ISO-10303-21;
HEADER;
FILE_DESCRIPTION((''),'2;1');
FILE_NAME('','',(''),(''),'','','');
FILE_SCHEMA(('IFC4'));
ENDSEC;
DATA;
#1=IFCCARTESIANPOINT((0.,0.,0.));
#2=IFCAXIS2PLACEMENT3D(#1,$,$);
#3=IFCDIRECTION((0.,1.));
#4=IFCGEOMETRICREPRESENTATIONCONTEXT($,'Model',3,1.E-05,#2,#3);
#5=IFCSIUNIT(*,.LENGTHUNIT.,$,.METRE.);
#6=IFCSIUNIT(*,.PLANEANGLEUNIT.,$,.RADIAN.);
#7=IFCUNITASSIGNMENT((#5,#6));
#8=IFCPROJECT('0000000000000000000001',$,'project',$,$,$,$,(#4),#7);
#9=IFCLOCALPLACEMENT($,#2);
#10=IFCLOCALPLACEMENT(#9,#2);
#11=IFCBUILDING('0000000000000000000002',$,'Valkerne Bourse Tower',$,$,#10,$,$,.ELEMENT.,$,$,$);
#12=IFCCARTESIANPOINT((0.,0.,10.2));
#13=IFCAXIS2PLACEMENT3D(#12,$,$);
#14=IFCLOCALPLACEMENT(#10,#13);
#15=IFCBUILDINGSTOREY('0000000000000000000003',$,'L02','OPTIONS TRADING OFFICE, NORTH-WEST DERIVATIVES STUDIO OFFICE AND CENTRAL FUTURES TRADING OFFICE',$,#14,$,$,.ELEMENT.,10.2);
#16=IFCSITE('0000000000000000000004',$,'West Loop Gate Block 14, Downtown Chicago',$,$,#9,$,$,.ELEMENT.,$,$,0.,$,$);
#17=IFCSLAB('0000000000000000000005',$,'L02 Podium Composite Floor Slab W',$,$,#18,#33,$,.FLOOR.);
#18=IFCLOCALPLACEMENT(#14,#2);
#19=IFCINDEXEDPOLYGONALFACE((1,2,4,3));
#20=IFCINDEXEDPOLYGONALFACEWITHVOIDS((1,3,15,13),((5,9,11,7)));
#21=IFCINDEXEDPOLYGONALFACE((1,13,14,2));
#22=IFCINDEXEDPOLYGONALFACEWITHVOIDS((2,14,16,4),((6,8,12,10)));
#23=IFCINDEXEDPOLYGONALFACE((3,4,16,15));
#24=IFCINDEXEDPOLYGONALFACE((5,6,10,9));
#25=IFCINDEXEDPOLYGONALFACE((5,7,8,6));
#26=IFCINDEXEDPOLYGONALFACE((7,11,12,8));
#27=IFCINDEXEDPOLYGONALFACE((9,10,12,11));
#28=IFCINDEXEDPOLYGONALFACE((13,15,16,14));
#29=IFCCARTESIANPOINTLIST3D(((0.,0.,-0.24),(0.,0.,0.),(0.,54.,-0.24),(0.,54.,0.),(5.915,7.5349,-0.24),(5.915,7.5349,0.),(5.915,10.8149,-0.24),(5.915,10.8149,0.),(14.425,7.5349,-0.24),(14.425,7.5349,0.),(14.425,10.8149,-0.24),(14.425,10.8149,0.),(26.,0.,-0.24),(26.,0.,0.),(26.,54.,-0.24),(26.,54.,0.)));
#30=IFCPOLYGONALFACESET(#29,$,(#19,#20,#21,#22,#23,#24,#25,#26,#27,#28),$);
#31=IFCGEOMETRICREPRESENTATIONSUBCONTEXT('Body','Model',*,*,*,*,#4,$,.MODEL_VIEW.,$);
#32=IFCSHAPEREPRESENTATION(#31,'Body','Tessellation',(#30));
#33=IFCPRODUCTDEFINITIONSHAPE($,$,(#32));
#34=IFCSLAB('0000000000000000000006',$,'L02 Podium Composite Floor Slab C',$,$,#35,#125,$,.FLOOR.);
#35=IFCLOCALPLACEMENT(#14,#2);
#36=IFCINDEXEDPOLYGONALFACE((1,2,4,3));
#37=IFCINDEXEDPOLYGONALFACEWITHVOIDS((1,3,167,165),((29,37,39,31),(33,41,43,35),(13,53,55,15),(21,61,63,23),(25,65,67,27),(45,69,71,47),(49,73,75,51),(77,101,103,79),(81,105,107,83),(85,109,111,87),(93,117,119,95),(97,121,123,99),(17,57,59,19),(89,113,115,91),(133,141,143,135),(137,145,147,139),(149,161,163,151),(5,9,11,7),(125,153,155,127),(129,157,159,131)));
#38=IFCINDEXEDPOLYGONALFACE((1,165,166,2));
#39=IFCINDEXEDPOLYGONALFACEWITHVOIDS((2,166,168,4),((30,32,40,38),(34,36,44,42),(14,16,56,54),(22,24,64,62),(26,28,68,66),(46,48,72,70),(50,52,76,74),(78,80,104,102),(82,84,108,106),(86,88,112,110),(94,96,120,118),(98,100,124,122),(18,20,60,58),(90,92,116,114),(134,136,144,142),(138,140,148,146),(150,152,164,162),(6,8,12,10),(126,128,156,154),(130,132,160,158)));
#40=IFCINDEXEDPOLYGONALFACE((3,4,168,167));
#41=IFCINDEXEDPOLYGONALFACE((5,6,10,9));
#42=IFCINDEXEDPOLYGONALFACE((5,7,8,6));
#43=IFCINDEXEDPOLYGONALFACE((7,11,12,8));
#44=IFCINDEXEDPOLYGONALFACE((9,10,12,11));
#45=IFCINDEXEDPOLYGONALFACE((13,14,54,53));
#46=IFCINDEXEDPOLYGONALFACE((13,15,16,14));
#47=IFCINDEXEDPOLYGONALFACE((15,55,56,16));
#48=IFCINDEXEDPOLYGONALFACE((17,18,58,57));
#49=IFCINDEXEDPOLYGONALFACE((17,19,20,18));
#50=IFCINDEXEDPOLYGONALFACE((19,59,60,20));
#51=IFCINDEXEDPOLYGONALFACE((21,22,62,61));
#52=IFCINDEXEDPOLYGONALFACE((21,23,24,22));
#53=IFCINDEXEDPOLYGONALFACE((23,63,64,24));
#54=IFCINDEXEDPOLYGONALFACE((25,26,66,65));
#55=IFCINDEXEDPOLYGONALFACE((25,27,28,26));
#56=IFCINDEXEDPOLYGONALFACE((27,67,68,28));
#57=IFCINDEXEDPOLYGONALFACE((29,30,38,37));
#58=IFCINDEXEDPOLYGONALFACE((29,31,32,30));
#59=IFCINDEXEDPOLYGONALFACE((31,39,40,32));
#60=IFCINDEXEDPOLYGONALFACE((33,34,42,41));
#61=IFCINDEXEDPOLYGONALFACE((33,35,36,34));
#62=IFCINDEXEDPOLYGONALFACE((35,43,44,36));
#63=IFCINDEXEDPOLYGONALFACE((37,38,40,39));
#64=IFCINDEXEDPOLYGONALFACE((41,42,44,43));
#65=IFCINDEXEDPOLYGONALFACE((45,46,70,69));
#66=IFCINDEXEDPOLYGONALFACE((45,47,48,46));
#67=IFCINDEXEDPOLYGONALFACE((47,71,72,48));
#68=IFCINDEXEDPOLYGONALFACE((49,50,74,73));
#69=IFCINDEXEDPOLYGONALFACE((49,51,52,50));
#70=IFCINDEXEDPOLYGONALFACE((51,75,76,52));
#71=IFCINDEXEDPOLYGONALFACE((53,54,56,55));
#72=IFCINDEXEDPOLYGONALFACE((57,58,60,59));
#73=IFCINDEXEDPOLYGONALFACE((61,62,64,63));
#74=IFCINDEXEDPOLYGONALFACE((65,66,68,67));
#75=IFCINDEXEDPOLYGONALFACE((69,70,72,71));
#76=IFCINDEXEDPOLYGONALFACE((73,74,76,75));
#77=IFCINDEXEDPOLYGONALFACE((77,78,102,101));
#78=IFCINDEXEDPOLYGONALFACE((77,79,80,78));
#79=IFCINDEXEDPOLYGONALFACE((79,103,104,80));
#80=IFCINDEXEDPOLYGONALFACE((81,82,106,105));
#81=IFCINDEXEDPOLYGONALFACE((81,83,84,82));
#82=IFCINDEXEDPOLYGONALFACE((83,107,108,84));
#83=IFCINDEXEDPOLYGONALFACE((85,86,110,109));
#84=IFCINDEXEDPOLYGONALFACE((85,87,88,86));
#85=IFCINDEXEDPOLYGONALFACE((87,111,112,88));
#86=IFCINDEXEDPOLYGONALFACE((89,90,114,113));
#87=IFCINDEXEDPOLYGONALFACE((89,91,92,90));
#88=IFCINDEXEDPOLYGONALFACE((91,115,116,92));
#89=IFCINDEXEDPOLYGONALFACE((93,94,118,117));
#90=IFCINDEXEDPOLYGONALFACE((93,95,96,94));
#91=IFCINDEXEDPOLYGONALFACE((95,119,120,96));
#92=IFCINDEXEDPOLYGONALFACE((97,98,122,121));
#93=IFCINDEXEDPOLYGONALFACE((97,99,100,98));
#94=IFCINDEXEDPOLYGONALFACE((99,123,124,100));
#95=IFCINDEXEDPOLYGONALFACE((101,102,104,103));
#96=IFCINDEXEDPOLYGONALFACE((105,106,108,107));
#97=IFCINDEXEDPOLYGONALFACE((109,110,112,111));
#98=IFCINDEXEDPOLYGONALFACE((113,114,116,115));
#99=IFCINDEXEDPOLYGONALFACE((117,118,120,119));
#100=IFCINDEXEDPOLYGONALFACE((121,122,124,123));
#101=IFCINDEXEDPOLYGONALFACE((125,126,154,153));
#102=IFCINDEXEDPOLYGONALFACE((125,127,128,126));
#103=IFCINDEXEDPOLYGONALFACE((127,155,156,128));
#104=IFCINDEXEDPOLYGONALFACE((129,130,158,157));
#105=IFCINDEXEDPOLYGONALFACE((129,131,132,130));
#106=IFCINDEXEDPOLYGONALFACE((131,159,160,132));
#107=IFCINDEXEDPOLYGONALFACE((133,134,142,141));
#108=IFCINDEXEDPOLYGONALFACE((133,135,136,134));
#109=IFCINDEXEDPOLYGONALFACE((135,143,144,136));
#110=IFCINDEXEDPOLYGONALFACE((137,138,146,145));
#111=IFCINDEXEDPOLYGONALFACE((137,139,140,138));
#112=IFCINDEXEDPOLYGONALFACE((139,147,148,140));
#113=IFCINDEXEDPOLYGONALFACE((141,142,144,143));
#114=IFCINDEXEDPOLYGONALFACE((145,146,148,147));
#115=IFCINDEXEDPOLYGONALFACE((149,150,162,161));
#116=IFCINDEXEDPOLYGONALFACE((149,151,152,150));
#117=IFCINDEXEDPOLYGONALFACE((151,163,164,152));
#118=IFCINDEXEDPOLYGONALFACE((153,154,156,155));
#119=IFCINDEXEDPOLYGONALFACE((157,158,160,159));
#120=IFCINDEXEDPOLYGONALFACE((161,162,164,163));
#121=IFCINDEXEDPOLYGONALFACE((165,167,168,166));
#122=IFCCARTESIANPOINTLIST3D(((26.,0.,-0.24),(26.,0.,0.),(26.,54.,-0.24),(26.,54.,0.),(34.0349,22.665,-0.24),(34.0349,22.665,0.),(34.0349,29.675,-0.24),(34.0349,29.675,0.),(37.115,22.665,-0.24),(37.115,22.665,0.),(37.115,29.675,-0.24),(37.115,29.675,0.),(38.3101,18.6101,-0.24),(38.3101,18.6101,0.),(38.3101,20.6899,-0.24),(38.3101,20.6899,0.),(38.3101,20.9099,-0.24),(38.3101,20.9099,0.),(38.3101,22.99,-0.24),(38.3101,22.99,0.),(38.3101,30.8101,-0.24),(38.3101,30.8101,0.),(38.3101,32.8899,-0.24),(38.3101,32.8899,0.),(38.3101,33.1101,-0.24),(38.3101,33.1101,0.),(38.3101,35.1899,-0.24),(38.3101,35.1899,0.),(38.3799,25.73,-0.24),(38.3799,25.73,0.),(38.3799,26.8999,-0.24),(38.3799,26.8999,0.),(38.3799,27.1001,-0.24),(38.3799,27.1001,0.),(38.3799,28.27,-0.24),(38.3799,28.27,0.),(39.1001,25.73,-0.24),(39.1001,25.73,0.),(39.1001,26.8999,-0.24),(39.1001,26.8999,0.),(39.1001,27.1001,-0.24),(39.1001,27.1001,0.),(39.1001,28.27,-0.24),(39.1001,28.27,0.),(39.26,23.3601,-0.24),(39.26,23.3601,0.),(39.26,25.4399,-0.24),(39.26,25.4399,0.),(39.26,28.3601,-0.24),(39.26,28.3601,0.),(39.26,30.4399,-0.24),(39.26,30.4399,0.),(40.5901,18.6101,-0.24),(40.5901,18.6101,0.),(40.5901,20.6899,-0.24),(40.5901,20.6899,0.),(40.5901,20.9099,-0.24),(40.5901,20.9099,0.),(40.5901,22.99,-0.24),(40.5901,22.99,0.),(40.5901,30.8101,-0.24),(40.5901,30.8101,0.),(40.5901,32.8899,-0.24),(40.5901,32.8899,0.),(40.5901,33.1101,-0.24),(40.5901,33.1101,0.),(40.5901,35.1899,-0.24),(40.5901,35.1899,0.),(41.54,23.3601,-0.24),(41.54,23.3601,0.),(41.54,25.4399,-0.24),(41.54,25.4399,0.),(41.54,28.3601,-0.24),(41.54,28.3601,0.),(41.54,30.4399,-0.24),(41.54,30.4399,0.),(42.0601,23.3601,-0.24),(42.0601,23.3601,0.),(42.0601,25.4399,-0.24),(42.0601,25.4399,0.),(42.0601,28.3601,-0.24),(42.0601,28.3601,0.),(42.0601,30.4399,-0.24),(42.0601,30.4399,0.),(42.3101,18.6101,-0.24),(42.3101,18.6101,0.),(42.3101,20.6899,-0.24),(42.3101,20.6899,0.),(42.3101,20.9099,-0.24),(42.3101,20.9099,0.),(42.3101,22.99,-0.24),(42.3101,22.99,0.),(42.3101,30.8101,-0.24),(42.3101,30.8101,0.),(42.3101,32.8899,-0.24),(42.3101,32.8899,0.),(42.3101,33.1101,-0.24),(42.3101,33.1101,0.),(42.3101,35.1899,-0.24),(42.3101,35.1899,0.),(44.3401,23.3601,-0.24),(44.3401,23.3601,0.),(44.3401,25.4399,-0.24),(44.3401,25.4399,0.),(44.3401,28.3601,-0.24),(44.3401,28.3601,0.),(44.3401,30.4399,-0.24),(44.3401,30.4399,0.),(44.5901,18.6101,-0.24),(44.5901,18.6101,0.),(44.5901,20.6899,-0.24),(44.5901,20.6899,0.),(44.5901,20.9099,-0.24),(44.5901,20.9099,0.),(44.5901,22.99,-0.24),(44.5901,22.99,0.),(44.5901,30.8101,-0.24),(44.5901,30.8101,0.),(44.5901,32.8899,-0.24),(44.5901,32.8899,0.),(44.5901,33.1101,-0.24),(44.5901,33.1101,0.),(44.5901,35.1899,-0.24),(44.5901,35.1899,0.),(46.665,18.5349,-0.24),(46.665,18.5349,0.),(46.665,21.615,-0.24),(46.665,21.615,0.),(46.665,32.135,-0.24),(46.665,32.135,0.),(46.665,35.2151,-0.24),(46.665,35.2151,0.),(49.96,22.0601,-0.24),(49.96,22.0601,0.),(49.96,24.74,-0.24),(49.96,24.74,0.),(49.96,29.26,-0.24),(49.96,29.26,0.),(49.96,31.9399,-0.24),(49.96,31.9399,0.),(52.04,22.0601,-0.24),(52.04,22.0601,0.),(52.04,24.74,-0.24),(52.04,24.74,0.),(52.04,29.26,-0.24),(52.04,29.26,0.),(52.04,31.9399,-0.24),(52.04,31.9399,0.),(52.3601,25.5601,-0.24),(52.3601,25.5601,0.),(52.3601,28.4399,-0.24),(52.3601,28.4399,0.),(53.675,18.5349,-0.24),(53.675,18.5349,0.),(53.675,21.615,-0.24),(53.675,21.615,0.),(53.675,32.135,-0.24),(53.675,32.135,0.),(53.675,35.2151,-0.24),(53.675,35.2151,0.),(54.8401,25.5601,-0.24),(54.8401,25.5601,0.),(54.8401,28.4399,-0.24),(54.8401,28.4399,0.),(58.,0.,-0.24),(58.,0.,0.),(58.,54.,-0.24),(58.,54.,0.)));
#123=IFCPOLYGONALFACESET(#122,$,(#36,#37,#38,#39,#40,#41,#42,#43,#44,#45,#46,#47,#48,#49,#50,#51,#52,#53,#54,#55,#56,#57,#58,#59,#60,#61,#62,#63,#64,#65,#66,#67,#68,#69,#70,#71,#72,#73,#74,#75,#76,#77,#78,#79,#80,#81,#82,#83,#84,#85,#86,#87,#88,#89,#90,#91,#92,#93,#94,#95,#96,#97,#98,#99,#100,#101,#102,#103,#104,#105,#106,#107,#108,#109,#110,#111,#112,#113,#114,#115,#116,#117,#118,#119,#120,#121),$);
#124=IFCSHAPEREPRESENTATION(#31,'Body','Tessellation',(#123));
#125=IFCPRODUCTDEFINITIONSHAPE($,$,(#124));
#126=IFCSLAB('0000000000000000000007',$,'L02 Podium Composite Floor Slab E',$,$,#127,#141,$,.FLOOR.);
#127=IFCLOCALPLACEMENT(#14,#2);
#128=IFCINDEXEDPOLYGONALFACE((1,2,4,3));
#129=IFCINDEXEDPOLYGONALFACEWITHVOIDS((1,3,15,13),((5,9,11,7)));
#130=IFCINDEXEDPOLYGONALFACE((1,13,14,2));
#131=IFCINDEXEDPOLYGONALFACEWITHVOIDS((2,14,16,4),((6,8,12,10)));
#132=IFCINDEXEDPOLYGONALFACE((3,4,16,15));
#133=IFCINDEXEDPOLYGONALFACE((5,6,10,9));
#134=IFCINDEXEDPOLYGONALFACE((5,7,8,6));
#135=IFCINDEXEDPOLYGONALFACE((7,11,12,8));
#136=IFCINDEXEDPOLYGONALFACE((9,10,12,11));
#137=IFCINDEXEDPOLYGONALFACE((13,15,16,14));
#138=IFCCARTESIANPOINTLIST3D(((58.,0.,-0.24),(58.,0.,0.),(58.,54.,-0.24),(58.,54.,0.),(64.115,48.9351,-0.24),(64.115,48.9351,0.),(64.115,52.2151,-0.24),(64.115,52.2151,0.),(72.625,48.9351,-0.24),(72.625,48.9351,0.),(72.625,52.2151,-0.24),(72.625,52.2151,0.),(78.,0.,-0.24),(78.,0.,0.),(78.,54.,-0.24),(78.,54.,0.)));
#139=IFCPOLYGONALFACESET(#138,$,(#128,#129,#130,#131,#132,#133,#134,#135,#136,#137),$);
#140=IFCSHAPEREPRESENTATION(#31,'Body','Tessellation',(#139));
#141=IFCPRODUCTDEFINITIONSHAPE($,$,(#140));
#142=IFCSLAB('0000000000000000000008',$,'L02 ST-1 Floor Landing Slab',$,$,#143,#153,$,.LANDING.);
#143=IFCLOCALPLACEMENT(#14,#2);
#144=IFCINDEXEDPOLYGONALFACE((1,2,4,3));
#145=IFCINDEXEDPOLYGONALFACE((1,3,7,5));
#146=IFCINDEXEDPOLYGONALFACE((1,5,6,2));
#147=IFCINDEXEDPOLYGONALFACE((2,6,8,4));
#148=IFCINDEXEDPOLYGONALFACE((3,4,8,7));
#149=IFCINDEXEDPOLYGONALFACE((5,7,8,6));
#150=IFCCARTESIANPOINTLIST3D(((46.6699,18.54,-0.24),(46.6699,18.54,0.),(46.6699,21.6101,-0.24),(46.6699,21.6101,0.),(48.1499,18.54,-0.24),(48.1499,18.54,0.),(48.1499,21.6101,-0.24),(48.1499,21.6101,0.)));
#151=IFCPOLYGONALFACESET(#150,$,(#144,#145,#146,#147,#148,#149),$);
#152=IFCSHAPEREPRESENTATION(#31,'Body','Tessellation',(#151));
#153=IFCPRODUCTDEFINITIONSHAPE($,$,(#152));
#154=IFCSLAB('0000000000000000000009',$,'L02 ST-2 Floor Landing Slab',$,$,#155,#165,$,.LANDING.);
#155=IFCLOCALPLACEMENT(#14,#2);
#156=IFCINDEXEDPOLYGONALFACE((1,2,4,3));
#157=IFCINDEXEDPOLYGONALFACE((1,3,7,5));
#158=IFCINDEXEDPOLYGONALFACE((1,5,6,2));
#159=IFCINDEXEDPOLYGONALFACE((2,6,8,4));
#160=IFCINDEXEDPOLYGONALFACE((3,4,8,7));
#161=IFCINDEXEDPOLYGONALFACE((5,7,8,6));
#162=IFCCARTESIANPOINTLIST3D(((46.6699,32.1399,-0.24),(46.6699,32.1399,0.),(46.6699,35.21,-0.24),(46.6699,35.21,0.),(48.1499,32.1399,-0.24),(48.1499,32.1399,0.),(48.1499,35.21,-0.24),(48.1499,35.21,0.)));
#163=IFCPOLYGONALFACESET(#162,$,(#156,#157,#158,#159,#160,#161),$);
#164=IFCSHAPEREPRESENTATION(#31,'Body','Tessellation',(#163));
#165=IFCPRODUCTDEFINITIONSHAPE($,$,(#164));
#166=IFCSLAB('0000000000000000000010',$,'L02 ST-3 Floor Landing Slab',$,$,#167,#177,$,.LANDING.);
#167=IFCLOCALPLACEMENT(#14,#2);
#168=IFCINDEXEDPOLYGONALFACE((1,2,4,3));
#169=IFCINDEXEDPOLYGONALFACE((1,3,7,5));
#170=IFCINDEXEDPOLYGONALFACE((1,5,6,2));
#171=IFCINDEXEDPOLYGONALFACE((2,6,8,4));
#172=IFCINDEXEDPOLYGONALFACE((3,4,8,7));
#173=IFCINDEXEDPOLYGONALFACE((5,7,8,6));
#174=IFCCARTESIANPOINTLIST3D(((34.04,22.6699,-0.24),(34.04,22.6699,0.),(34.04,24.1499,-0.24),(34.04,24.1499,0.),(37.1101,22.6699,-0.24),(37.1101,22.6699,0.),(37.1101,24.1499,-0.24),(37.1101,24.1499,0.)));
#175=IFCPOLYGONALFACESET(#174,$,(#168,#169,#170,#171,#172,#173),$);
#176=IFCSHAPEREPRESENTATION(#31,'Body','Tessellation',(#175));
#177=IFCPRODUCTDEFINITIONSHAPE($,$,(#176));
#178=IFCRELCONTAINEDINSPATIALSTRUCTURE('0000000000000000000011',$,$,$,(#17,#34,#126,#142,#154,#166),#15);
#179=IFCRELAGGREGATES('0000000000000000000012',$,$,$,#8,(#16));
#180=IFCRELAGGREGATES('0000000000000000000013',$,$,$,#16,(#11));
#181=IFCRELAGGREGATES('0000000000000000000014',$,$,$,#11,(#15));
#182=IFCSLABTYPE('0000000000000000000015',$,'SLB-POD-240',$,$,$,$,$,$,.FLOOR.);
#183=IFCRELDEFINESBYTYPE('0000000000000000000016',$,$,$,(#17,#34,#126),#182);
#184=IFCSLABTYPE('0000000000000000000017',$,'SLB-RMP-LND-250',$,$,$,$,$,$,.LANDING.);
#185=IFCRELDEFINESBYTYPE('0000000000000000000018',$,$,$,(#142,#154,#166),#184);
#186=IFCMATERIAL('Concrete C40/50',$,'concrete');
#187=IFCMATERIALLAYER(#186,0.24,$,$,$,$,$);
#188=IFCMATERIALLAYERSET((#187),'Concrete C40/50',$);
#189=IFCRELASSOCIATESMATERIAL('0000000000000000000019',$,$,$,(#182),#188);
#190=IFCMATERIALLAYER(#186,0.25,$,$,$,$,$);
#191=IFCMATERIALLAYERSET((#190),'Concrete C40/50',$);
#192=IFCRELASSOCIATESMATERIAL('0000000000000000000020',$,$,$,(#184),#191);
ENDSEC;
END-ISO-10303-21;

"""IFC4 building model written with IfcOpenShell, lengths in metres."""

from ifc_helpers import new_model, si_unit, direction, frame, origin, place, context, subcontext, project, spatial, polyline, outline, extrude, material, layer, layer_set, type_object, element, save


model = new_model("IFC4")

# Units and contexts
model_context = context("Model", 3, precision=1e-05, world=origin(), true_north=direction((0.0, 1.0)))
body_context = subcontext(model_context, "Body", "Model", "MODEL_VIEW")
ifc_project = project(units=[si_unit("LENGTHUNIT", "METRE"), si_unit("PLANEANGLEUNIT", "RADIAN")], contexts=[model_context])

# Site, building, storey
site_placement = place(None, origin())
site = spatial("IfcSite", under=ifc_project, at=site_placement, Name="West Loop Gate Block 14, Downtown Chicago", CompositionType="ELEMENT", RefElevation=0.0)
building_placement = place(site_placement, origin())
building = spatial("IfcBuilding", under=site, at=building_placement, Name="Valkerne Bourse Tower", CompositionType="ELEMENT")
storey_placement = place(building_placement, frame((0.0, 0.0, 10.2)))
storey = spatial("IfcBuildingStorey", under=building, at=storey_placement, Name="L02", Description="OPTIONS TRADING OFFICE, NORTH-WEST DERIVATIVES STUDIO OFFICE AND CENTRAL FUTURES TRADING OFFICE", CompositionType="ELEMENT", Elevation=10.2)

# Slabs
ifc_material_1 = material(Name="Concrete C40/50", Category="concrete")
ifc_layer_1 = layer(ifc_material_1, 0.24)
ifc_layer_set_1 = layer_set([ifc_layer_1], Name="Concrete C40/50")
slab_type_1 = type_object("IfcSlabType", Name="SLB-POD-240", PredefinedType="FLOOR", material=ifc_layer_set_1)
slab_1_placement = place(storey_placement, frame((0.0, 0.0, -0.24)))
element("IfcSlab", 1, at=slab_1_placement, inside=storey, type_object=slab_type_1, Name="L02 Podium Composite Floor Slab W", PredefinedType="FLOOR", context=body_context, shape_type="SweptSolid", body=[
    extrude(outline(polyline([(0.0, 0.0), (0.0, 54.0), (26.0, 54.0), (26.0, 0.0), (0.0, 0.0)]), holes=[polyline([(14.425, 7.5349), (14.425, 10.8149), (5.915, 10.8149), (5.915, 7.5349), (14.425, 7.5349)])]), origin(), (0.0, 0.0, 1.0), 0.24),
])
slab_2_placement = place(storey_placement, frame((0.0, 0.0, -0.24)))
element("IfcSlab", 2, at=slab_2_placement, inside=storey, type_object=slab_type_1, Name="L02 Podium Composite Floor Slab C", PredefinedType="FLOOR", context=body_context, shape_type="SweptSolid", body=[
    extrude(outline(polyline([(26.0, 0.0), (26.0, 54.0), (58.0, 54.0), (58.0, 0.0), (26.0, 0.0)]), holes=[polyline([(40.5901, 18.6101), (40.5901, 20.6899), (38.3101, 20.6899), (38.3101, 18.6101), (40.5901, 18.6101)]), polyline([(40.5901, 20.9099), (40.5901, 22.99), (38.3101, 22.99), (38.3101, 20.9099), (40.5901, 20.9099)]), polyline([(39.26, 23.3601), (41.54, 23.3601), (41.54, 25.4399), (39.26, 25.4399), (39.26, 23.3601)]), polyline([(37.115, 22.665), (37.115, 29.675), (34.0349, 29.675), (34.0349, 22.665), (37.115, 22.665)]), polyline([(39.1001, 25.73), (39.1001, 26.8999), (38.3799, 26.8999), (38.3799, 25.73), (39.1001, 25.73)]), polyline([(38.3799, 27.1001), (39.1001, 27.1001), (39.1001, 28.27), (38.3799, 28.27), (38.3799, 27.1001)]), polyline([(39.26, 28.3601), (41.54, 28.3601), (41.54, 30.4399), (39.26, 30.4399), (39.26, 28.3601)]), polyline([(44.3401, 28.3601), (44.3401, 30.4399), (42.0601, 30.4399), (42.0601, 28.3601), (44.3401, 28.3601)]), polyline([(38.3101, 30.8101), (40.5901, 30.8101), (40.5901, 32.8899), (38.3101, 32.8899), (38.3101, 30.8101)]), polyline([(38.3101, 33.1101), (40.5901, 33.1101), (40.5901, 35.1899), (38.3101, 35.1899), (38.3101, 33.1101)]), polyline([(44.5901, 18.6101), (44.5901, 20.6899), (42.3101, 20.6899), (42.3101, 18.6101), (44.5901, 18.6101)]), polyline([(53.675, 18.5349), (53.675, 21.615), (46.665, 21.615), (46.665, 18.5349), (53.675, 18.5349)]), polyline([(44.5901, 20.9099), (44.5901, 22.99), (42.3101, 22.99), (42.3101, 20.9099), (44.5901, 20.9099)]), polyline([(49.96, 22.0601), (52.04, 22.0601), (52.04, 24.74), (49.96, 24.74), (49.96, 22.0601)]), polyline([(42.0601, 23.3601), (44.3401, 23.3601), (44.3401, 25.4399), (42.0601, 25.4399), (42.0601, 23.3601)]), polyline([(54.8401, 25.5601), (54.8401, 28.4399), (52.3601, 28.4399), (52.3601, 25.5601), (54.8401, 25.5601)]), polyline([(49.96, 29.26), (52.04, 29.26), (52.04, 31.9399), (49.96, 31.9399), (49.96, 29.26)]), polyline([(42.3101, 30.8101), (44.5901, 30.8101), (44.5901, 32.8899), (42.3101, 32.8899), (42.3101, 30.8101)]), polyline([(53.675, 32.135), (53.675, 35.2151), (46.665, 35.2151), (46.665, 32.135), (53.675, 32.135)]), polyline([(42.3101, 33.1101), (44.5901, 33.1101), (44.5901, 35.1899), (42.3101, 35.1899), (42.3101, 33.1101)])]), origin(), (0.0, 0.0, 1.0), 0.24),
])
slab_3_placement = place(storey_placement, frame((0.0, 0.0, -0.24)))
element("IfcSlab", 3, at=slab_3_placement, inside=storey, type_object=slab_type_1, Name="L02 Podium Composite Floor Slab E", PredefinedType="FLOOR", context=body_context, shape_type="SweptSolid", body=[
    extrude(outline(polyline([(58.0, 0.0), (58.0, 54.0), (78.0, 54.0), (78.0, 0.0), (58.0, 0.0)]), holes=[polyline([(64.115, 48.9351), (72.625, 48.9351), (72.625, 52.2151), (64.115, 52.2151), (64.115, 48.9351)])]), origin(), (0.0, 0.0, 1.0), 0.24),
])
ifc_layer_2 = layer(ifc_material_1, 0.25)
ifc_layer_set_2 = layer_set([ifc_layer_2], Name="Concrete C40/50")
slab_type_2 = type_object("IfcSlabType", Name="SLB-RMP-LND-250", PredefinedType="LANDING", material=ifc_layer_set_2)
slab_4_placement = place(storey_placement, frame((0.0, 0.0, -0.24)))
element("IfcSlab", 4, at=slab_4_placement, inside=storey, type_object=slab_type_2, Name="L02 ST-1 Floor Landing Slab", PredefinedType="LANDING", context=body_context, shape_type="SweptSolid", body=[
    extrude(outline(polyline([(46.6699, 18.54), (48.1499, 18.54), (48.1499, 21.6101), (46.6699, 21.6101), (46.6699, 18.54)])), origin(), (0.0, 0.0, 1.0), 0.24),
])
slab_5_placement = place(storey_placement, frame((0.0, 0.0, -0.24)))
element("IfcSlab", 5, at=slab_5_placement, inside=storey, type_object=slab_type_2, Name="L02 ST-2 Floor Landing Slab", PredefinedType="LANDING", context=body_context, shape_type="SweptSolid", body=[
    extrude(outline(polyline([(46.6699, 32.1399), (48.1499, 32.1399), (48.1499, 35.21), (46.6699, 35.21), (46.6699, 32.1399)])), origin(), (0.0, 0.0, 1.0), 0.24),
])
slab_6_placement = place(storey_placement, frame((0.0, 0.0, -0.24)))
element("IfcSlab", 6, at=slab_6_placement, inside=storey, type_object=slab_type_2, Name="L02 ST-3 Floor Landing Slab", PredefinedType="LANDING", context=body_context, shape_type="SweptSolid", body=[
    extrude(outline(polyline([(37.1101, 22.6699), (37.1101, 24.1499), (34.04, 24.1499), (34.04, 22.6699), (37.1101, 22.6699)])), origin(), (0.0, 0.0, 1.0), 0.24),
])

save(model, "model.ifc")
